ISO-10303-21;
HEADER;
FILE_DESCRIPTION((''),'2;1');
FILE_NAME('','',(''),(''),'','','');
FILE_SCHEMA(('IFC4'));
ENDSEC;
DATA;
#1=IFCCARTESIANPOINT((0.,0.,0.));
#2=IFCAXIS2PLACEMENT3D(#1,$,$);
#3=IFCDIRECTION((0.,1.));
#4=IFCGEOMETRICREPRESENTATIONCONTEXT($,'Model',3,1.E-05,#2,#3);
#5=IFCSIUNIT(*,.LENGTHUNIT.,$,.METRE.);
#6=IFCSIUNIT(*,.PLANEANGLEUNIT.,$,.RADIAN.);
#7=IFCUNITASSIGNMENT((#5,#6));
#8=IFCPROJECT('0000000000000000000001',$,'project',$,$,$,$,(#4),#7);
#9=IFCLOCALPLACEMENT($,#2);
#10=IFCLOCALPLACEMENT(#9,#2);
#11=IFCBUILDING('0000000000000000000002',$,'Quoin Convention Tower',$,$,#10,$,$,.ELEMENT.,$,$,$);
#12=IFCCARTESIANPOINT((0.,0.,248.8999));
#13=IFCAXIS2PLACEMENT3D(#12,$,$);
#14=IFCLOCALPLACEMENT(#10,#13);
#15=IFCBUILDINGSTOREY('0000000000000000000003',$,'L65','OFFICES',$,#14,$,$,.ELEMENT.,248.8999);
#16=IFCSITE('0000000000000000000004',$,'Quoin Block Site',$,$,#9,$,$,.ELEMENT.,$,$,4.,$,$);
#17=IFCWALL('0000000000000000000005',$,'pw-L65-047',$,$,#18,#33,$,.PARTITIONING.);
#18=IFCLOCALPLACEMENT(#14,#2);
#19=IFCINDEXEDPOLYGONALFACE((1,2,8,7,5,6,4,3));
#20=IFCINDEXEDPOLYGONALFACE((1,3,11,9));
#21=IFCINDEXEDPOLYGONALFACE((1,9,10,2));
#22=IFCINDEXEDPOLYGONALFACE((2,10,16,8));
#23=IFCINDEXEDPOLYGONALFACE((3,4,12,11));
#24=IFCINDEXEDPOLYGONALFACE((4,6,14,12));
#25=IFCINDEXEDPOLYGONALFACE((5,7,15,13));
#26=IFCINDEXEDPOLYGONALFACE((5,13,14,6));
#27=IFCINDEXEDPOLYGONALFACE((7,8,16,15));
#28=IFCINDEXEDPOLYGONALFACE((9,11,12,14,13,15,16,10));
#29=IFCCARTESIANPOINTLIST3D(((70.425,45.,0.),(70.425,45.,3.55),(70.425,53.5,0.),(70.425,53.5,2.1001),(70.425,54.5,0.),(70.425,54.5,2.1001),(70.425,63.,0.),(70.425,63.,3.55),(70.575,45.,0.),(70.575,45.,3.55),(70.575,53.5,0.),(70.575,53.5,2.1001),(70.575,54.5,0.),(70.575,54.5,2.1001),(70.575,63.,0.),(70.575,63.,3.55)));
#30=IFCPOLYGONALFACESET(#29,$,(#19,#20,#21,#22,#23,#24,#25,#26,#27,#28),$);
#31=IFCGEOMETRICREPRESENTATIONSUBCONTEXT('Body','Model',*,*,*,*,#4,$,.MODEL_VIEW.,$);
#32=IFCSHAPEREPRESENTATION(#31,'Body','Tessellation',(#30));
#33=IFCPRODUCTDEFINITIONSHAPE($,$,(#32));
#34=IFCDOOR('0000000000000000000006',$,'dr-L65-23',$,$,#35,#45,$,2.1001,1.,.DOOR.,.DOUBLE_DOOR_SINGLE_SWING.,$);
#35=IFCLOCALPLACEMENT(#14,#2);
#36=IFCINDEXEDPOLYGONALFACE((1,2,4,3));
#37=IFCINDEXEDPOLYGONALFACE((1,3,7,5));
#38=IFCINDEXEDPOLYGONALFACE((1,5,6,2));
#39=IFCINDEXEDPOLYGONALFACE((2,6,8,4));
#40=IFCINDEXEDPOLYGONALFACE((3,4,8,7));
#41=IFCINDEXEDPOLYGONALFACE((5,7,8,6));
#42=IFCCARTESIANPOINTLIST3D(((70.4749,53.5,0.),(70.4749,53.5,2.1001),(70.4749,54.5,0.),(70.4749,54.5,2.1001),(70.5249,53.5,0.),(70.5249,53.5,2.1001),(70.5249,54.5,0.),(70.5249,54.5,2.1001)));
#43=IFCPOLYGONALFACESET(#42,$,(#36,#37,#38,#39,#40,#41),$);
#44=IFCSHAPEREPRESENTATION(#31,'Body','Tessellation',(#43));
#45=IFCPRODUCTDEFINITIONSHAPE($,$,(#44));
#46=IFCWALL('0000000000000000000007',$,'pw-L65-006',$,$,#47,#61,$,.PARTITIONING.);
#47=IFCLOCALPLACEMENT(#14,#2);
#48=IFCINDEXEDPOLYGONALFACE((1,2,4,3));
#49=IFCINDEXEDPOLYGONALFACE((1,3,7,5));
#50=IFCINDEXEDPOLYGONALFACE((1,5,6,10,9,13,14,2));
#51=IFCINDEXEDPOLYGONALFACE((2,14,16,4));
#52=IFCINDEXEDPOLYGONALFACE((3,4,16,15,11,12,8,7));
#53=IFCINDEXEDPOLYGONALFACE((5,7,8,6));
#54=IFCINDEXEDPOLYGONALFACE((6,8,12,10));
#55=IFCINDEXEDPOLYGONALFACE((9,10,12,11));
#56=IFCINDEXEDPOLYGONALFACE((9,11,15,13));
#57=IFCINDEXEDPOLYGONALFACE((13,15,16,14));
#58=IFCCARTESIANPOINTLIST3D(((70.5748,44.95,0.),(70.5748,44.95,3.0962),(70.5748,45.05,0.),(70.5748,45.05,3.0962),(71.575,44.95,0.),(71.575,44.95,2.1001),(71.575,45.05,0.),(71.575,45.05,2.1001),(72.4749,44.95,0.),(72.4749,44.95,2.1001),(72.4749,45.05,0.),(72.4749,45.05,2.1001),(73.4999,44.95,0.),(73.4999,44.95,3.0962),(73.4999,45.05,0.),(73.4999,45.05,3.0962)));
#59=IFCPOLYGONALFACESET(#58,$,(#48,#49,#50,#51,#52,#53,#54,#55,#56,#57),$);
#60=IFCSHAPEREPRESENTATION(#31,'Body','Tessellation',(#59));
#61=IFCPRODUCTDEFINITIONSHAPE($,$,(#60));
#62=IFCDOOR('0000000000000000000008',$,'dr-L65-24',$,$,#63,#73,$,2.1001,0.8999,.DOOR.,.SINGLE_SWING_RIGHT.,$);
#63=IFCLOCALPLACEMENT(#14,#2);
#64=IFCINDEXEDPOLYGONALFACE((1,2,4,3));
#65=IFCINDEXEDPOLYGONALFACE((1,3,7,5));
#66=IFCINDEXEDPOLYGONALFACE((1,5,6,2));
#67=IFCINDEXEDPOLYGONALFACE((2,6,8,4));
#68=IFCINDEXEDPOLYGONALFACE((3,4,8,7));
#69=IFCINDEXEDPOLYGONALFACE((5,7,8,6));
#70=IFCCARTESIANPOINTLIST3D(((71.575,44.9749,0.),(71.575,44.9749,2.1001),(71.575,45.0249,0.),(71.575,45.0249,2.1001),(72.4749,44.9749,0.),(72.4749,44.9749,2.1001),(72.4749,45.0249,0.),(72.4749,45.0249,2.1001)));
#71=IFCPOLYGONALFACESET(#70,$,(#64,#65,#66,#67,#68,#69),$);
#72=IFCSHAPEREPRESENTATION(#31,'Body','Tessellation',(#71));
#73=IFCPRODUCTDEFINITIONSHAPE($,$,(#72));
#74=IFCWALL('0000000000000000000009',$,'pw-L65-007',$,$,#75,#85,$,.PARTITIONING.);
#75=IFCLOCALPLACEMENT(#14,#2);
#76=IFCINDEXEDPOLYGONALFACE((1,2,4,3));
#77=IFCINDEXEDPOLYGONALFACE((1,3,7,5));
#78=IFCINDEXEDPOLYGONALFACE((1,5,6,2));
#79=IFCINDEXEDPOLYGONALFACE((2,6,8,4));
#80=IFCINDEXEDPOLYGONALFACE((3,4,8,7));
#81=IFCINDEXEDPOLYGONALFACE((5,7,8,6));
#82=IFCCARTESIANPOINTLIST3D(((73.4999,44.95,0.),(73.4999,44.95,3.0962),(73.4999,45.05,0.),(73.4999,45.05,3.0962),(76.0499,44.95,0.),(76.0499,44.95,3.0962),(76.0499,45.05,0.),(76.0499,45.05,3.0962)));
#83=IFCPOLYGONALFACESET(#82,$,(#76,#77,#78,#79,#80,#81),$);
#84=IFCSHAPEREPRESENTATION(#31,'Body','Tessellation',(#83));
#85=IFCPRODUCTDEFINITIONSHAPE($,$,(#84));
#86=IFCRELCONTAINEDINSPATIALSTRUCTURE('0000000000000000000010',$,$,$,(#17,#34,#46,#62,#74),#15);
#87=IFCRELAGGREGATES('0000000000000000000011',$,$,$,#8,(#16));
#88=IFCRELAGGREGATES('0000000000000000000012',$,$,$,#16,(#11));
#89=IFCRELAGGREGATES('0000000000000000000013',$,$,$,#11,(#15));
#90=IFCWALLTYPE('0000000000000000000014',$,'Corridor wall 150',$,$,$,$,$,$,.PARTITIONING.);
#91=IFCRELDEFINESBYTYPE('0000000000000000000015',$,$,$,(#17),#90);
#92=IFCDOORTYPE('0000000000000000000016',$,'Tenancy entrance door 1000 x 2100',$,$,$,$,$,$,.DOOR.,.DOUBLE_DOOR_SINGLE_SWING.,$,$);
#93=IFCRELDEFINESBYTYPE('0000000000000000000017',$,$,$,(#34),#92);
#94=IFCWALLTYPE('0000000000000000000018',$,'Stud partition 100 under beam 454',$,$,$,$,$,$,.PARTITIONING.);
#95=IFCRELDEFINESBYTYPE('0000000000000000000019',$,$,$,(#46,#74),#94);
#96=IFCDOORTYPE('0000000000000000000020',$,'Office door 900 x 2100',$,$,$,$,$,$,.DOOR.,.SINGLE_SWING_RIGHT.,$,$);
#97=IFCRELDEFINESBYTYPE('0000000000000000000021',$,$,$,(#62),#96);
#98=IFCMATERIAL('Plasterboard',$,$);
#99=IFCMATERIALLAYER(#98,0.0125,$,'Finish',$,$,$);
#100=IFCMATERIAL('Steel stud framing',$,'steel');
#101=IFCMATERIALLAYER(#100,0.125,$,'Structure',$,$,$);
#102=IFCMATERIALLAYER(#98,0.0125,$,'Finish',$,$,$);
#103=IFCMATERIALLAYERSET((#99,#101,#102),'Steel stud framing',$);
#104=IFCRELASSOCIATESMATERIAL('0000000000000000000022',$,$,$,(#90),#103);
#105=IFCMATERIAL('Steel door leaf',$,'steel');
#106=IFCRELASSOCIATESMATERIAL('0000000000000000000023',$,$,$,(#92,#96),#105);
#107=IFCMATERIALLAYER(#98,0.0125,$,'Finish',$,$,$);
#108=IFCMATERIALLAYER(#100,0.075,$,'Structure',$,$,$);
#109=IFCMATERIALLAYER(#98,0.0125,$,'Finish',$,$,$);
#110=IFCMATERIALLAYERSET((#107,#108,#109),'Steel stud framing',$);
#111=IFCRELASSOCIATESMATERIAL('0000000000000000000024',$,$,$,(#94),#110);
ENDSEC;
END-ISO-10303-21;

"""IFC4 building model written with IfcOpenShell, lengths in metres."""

from ifc_helpers import new_model, si_unit, direction, frame, frame_2d, origin, place, context, subcontext, project, spatial, rectangle, extrude, material, layer, layer_set, type_object, element, fill, save


model = new_model("IFC4")

# Units and contexts
model_context = context("Model", 3, precision=1e-05, world=origin(), true_north=direction((0.0, 1.0)))
body_context = subcontext(model_context, "Body", "Model", "MODEL_VIEW")
ifc_project = project(units=[si_unit("LENGTHUNIT", "METRE"), si_unit("PLANEANGLEUNIT", "RADIAN")], contexts=[model_context])

# Site, building, storey
site_placement = place(None, origin())
site = spatial("IfcSite", under=ifc_project, at=site_placement, Name="Quoin Block Site", CompositionType="ELEMENT", RefElevation=4.0)
building_placement = place(site_placement, origin())
building = spatial("IfcBuilding", under=site, at=building_placement, Name="Quoin Convention Tower", CompositionType="ELEMENT")
storey_placement = place(building_placement, frame((0.0, 0.0, 248.8999)))
storey = spatial("IfcBuildingStorey", under=building, at=storey_placement, Name="L65", Description="OFFICES", CompositionType="ELEMENT", Elevation=248.8999)

# Shared definitions
ifc_material_1 = material(Name="Plasterboard")
ifc_layer_1 = layer(ifc_material_1, 0.0125, Name="Finish")
ifc_material_2 = material(Name="Steel stud framing", Category="steel")
ifc_layer_2 = layer(ifc_material_2, 0.125, Name="Structure")
ifc_layer_3 = layer(ifc_material_1, 0.0125, Name="Finish")
ifc_layer_set_1 = layer_set([ifc_layer_1, ifc_layer_2, ifc_layer_3], Name="Steel stud framing")
wall_type_1 = type_object("IfcWallType", Name="Corridor wall 150", PredefinedType="PARTITIONING", material=ifc_layer_set_1)

# Walls, openings, doors
wall_1_placement = place(storey_placement, frame((70.5, 45.0, 0.0), z_axis=(0.0, 0.0, 1.0), x_axis=(0.0, 1.0, 0.0)))
wall_1 = element("IfcWall", 1, at=wall_1_placement, inside=storey, type_object=wall_type_1, Name="pw-L65-047", PredefinedType="PARTITIONING", context=body_context, shape_type="SweptSolid", body=[
    extrude(rectangle(XDim=18.0, YDim=0.1499, at=frame_2d((9.0, 0.0))), origin(), (0.0, 0.0, 1.0), 3.55),
])
opening_1_placement = place(wall_1_placement, frame((8.5, 0.0, 0.0)))
opening_1 = element("IfcOpeningElement", 2, at=opening_1_placement, cuts=wall_1, PredefinedType="OPENING", context=body_context, shape_type="SweptSolid", body=[
    extrude(rectangle(XDim=1.0, YDim=2.1001, at=frame_2d((0.5, 1.05))), frame((0.0, 0.085, 0.0), z_axis=(0.0, -1.0, 0.0), x_axis=(1.0, 0.0, 0.0)), (0.0, 0.0, 1.0), 0.1699),
])
ifc_material_3 = material(Name="Steel door leaf", Category="steel")
door_type_1 = type_object("IfcDoorType", Name="Tenancy entrance door 1000 x 2100", OperationType="DOUBLE_DOOR_SINGLE_SWING", PredefinedType="DOOR", material=ifc_material_3)
door_1_placement = place(opening_1_placement, frame((1.0, 0.0, 0.0), z_axis=(0.0, 0.0, 1.0), x_axis=(-1.0, 0.0, 0.0)))
door_1 = element("IfcDoor", 3, at=door_1_placement, inside=storey, type_object=door_type_1, Name="dr-L65-23", OperationType="DOUBLE_DOOR_SINGLE_SWING", OverallHeight=2.1001, OverallWidth=1.0, PredefinedType="DOOR", context=body_context, shape_type="SweptSolid", body=[
    extrude(rectangle(XDim=1.0, YDim=2.1001, at=frame_2d((0.5, 1.05))), frame((0.0, 0.0249, 0.0), z_axis=(0.0, -1.0, 0.0), x_axis=(1.0, 0.0, 0.0)), (0.0, 0.0, 1.0), 0.05),
])
fill(opening_1, door_1)
ifc_layer_4 = layer(ifc_material_1, 0.0125, Name="Finish")
ifc_layer_5 = layer(ifc_material_2, 0.075, Name="Structure")
ifc_layer_6 = layer(ifc_material_1, 0.0125, Name="Finish")
ifc_layer_set_2 = layer_set([ifc_layer_4, ifc_layer_5, ifc_layer_6], Name="Steel stud framing")
wall_type_2 = type_object("IfcWallType", Name="Stud partition 100 under beam 454", PredefinedType="PARTITIONING", material=ifc_layer_set_2)
wall_2_placement = place(storey_placement, frame((70.575, 45.0, 0.0), z_axis=(0.0, 0.0, 1.0), x_axis=(1.0, 0.0, 0.0)))
wall_2 = element("IfcWall", 4, at=wall_2_placement, inside=storey, type_object=wall_type_2, Name="pw-L65-006", PredefinedType="PARTITIONING", context=body_context, shape_type="SweptSolid", body=[
    extrude(rectangle(XDim=2.925, YDim=0.1001, at=frame_2d((1.4624, 0.0))), origin(), (0.0, 0.0, 1.0), 3.0962),
])
opening_2_placement = place(wall_2_placement, frame((1.0, 0.0, 0.0)))
opening_2 = element("IfcOpeningElement", 5, at=opening_2_placement, cuts=wall_2, PredefinedType="OPENING", context=body_context, shape_type="SweptSolid", body=[
    extrude(rectangle(XDim=0.8999, YDim=2.1001, at=frame_2d((0.45, 1.05))), frame((0.0, 0.0601, 0.0), z_axis=(0.0, -1.0, 0.0), x_axis=(1.0, 0.0, 0.0)), (0.0, 0.0, 1.0), 0.1201),
])
door_type_2 = type_object("IfcDoorType", Name="Office door 900 x 2100", OperationType="SINGLE_SWING_RIGHT", PredefinedType="DOOR", material=ifc_material_3)
door_2_placement = place(opening_2_placement, origin())
door_2 = element("IfcDoor", 6, at=door_2_placement, inside=storey, type_object=door_type_2, Name="dr-L65-24", OperationType="SINGLE_SWING_RIGHT", OverallHeight=2.1001, OverallWidth=0.8999, PredefinedType="DOOR", context=body_context, shape_type="SweptSolid", body=[
    extrude(rectangle(XDim=0.8999, YDim=2.1001, at=frame_2d((0.45, 1.05))), frame((0.0, 0.0249, 0.0), z_axis=(0.0, -1.0, 0.0), x_axis=(1.0, 0.0, 0.0)), (0.0, 0.0, 1.0), 0.05),
])
fill(opening_2, door_2)

# Wall
wall_3_placement = place(storey_placement, frame((73.5, 45.0, 0.0), z_axis=(0.0, 0.0, 1.0), x_axis=(1.0, 0.0, 0.0)))
element("IfcWall", 7, at=wall_3_placement, inside=storey, type_object=wall_type_2, Name="pw-L65-007", PredefinedType="PARTITIONING", context=body_context, shape_type="SweptSolid", body=[
    extrude(rectangle(XDim=2.55, YDim=0.1001, at=frame_2d((1.2749, 0.0))), origin(), (0.0, 0.0, 1.0), 3.0962),
])

save(model, "model.ifc")
